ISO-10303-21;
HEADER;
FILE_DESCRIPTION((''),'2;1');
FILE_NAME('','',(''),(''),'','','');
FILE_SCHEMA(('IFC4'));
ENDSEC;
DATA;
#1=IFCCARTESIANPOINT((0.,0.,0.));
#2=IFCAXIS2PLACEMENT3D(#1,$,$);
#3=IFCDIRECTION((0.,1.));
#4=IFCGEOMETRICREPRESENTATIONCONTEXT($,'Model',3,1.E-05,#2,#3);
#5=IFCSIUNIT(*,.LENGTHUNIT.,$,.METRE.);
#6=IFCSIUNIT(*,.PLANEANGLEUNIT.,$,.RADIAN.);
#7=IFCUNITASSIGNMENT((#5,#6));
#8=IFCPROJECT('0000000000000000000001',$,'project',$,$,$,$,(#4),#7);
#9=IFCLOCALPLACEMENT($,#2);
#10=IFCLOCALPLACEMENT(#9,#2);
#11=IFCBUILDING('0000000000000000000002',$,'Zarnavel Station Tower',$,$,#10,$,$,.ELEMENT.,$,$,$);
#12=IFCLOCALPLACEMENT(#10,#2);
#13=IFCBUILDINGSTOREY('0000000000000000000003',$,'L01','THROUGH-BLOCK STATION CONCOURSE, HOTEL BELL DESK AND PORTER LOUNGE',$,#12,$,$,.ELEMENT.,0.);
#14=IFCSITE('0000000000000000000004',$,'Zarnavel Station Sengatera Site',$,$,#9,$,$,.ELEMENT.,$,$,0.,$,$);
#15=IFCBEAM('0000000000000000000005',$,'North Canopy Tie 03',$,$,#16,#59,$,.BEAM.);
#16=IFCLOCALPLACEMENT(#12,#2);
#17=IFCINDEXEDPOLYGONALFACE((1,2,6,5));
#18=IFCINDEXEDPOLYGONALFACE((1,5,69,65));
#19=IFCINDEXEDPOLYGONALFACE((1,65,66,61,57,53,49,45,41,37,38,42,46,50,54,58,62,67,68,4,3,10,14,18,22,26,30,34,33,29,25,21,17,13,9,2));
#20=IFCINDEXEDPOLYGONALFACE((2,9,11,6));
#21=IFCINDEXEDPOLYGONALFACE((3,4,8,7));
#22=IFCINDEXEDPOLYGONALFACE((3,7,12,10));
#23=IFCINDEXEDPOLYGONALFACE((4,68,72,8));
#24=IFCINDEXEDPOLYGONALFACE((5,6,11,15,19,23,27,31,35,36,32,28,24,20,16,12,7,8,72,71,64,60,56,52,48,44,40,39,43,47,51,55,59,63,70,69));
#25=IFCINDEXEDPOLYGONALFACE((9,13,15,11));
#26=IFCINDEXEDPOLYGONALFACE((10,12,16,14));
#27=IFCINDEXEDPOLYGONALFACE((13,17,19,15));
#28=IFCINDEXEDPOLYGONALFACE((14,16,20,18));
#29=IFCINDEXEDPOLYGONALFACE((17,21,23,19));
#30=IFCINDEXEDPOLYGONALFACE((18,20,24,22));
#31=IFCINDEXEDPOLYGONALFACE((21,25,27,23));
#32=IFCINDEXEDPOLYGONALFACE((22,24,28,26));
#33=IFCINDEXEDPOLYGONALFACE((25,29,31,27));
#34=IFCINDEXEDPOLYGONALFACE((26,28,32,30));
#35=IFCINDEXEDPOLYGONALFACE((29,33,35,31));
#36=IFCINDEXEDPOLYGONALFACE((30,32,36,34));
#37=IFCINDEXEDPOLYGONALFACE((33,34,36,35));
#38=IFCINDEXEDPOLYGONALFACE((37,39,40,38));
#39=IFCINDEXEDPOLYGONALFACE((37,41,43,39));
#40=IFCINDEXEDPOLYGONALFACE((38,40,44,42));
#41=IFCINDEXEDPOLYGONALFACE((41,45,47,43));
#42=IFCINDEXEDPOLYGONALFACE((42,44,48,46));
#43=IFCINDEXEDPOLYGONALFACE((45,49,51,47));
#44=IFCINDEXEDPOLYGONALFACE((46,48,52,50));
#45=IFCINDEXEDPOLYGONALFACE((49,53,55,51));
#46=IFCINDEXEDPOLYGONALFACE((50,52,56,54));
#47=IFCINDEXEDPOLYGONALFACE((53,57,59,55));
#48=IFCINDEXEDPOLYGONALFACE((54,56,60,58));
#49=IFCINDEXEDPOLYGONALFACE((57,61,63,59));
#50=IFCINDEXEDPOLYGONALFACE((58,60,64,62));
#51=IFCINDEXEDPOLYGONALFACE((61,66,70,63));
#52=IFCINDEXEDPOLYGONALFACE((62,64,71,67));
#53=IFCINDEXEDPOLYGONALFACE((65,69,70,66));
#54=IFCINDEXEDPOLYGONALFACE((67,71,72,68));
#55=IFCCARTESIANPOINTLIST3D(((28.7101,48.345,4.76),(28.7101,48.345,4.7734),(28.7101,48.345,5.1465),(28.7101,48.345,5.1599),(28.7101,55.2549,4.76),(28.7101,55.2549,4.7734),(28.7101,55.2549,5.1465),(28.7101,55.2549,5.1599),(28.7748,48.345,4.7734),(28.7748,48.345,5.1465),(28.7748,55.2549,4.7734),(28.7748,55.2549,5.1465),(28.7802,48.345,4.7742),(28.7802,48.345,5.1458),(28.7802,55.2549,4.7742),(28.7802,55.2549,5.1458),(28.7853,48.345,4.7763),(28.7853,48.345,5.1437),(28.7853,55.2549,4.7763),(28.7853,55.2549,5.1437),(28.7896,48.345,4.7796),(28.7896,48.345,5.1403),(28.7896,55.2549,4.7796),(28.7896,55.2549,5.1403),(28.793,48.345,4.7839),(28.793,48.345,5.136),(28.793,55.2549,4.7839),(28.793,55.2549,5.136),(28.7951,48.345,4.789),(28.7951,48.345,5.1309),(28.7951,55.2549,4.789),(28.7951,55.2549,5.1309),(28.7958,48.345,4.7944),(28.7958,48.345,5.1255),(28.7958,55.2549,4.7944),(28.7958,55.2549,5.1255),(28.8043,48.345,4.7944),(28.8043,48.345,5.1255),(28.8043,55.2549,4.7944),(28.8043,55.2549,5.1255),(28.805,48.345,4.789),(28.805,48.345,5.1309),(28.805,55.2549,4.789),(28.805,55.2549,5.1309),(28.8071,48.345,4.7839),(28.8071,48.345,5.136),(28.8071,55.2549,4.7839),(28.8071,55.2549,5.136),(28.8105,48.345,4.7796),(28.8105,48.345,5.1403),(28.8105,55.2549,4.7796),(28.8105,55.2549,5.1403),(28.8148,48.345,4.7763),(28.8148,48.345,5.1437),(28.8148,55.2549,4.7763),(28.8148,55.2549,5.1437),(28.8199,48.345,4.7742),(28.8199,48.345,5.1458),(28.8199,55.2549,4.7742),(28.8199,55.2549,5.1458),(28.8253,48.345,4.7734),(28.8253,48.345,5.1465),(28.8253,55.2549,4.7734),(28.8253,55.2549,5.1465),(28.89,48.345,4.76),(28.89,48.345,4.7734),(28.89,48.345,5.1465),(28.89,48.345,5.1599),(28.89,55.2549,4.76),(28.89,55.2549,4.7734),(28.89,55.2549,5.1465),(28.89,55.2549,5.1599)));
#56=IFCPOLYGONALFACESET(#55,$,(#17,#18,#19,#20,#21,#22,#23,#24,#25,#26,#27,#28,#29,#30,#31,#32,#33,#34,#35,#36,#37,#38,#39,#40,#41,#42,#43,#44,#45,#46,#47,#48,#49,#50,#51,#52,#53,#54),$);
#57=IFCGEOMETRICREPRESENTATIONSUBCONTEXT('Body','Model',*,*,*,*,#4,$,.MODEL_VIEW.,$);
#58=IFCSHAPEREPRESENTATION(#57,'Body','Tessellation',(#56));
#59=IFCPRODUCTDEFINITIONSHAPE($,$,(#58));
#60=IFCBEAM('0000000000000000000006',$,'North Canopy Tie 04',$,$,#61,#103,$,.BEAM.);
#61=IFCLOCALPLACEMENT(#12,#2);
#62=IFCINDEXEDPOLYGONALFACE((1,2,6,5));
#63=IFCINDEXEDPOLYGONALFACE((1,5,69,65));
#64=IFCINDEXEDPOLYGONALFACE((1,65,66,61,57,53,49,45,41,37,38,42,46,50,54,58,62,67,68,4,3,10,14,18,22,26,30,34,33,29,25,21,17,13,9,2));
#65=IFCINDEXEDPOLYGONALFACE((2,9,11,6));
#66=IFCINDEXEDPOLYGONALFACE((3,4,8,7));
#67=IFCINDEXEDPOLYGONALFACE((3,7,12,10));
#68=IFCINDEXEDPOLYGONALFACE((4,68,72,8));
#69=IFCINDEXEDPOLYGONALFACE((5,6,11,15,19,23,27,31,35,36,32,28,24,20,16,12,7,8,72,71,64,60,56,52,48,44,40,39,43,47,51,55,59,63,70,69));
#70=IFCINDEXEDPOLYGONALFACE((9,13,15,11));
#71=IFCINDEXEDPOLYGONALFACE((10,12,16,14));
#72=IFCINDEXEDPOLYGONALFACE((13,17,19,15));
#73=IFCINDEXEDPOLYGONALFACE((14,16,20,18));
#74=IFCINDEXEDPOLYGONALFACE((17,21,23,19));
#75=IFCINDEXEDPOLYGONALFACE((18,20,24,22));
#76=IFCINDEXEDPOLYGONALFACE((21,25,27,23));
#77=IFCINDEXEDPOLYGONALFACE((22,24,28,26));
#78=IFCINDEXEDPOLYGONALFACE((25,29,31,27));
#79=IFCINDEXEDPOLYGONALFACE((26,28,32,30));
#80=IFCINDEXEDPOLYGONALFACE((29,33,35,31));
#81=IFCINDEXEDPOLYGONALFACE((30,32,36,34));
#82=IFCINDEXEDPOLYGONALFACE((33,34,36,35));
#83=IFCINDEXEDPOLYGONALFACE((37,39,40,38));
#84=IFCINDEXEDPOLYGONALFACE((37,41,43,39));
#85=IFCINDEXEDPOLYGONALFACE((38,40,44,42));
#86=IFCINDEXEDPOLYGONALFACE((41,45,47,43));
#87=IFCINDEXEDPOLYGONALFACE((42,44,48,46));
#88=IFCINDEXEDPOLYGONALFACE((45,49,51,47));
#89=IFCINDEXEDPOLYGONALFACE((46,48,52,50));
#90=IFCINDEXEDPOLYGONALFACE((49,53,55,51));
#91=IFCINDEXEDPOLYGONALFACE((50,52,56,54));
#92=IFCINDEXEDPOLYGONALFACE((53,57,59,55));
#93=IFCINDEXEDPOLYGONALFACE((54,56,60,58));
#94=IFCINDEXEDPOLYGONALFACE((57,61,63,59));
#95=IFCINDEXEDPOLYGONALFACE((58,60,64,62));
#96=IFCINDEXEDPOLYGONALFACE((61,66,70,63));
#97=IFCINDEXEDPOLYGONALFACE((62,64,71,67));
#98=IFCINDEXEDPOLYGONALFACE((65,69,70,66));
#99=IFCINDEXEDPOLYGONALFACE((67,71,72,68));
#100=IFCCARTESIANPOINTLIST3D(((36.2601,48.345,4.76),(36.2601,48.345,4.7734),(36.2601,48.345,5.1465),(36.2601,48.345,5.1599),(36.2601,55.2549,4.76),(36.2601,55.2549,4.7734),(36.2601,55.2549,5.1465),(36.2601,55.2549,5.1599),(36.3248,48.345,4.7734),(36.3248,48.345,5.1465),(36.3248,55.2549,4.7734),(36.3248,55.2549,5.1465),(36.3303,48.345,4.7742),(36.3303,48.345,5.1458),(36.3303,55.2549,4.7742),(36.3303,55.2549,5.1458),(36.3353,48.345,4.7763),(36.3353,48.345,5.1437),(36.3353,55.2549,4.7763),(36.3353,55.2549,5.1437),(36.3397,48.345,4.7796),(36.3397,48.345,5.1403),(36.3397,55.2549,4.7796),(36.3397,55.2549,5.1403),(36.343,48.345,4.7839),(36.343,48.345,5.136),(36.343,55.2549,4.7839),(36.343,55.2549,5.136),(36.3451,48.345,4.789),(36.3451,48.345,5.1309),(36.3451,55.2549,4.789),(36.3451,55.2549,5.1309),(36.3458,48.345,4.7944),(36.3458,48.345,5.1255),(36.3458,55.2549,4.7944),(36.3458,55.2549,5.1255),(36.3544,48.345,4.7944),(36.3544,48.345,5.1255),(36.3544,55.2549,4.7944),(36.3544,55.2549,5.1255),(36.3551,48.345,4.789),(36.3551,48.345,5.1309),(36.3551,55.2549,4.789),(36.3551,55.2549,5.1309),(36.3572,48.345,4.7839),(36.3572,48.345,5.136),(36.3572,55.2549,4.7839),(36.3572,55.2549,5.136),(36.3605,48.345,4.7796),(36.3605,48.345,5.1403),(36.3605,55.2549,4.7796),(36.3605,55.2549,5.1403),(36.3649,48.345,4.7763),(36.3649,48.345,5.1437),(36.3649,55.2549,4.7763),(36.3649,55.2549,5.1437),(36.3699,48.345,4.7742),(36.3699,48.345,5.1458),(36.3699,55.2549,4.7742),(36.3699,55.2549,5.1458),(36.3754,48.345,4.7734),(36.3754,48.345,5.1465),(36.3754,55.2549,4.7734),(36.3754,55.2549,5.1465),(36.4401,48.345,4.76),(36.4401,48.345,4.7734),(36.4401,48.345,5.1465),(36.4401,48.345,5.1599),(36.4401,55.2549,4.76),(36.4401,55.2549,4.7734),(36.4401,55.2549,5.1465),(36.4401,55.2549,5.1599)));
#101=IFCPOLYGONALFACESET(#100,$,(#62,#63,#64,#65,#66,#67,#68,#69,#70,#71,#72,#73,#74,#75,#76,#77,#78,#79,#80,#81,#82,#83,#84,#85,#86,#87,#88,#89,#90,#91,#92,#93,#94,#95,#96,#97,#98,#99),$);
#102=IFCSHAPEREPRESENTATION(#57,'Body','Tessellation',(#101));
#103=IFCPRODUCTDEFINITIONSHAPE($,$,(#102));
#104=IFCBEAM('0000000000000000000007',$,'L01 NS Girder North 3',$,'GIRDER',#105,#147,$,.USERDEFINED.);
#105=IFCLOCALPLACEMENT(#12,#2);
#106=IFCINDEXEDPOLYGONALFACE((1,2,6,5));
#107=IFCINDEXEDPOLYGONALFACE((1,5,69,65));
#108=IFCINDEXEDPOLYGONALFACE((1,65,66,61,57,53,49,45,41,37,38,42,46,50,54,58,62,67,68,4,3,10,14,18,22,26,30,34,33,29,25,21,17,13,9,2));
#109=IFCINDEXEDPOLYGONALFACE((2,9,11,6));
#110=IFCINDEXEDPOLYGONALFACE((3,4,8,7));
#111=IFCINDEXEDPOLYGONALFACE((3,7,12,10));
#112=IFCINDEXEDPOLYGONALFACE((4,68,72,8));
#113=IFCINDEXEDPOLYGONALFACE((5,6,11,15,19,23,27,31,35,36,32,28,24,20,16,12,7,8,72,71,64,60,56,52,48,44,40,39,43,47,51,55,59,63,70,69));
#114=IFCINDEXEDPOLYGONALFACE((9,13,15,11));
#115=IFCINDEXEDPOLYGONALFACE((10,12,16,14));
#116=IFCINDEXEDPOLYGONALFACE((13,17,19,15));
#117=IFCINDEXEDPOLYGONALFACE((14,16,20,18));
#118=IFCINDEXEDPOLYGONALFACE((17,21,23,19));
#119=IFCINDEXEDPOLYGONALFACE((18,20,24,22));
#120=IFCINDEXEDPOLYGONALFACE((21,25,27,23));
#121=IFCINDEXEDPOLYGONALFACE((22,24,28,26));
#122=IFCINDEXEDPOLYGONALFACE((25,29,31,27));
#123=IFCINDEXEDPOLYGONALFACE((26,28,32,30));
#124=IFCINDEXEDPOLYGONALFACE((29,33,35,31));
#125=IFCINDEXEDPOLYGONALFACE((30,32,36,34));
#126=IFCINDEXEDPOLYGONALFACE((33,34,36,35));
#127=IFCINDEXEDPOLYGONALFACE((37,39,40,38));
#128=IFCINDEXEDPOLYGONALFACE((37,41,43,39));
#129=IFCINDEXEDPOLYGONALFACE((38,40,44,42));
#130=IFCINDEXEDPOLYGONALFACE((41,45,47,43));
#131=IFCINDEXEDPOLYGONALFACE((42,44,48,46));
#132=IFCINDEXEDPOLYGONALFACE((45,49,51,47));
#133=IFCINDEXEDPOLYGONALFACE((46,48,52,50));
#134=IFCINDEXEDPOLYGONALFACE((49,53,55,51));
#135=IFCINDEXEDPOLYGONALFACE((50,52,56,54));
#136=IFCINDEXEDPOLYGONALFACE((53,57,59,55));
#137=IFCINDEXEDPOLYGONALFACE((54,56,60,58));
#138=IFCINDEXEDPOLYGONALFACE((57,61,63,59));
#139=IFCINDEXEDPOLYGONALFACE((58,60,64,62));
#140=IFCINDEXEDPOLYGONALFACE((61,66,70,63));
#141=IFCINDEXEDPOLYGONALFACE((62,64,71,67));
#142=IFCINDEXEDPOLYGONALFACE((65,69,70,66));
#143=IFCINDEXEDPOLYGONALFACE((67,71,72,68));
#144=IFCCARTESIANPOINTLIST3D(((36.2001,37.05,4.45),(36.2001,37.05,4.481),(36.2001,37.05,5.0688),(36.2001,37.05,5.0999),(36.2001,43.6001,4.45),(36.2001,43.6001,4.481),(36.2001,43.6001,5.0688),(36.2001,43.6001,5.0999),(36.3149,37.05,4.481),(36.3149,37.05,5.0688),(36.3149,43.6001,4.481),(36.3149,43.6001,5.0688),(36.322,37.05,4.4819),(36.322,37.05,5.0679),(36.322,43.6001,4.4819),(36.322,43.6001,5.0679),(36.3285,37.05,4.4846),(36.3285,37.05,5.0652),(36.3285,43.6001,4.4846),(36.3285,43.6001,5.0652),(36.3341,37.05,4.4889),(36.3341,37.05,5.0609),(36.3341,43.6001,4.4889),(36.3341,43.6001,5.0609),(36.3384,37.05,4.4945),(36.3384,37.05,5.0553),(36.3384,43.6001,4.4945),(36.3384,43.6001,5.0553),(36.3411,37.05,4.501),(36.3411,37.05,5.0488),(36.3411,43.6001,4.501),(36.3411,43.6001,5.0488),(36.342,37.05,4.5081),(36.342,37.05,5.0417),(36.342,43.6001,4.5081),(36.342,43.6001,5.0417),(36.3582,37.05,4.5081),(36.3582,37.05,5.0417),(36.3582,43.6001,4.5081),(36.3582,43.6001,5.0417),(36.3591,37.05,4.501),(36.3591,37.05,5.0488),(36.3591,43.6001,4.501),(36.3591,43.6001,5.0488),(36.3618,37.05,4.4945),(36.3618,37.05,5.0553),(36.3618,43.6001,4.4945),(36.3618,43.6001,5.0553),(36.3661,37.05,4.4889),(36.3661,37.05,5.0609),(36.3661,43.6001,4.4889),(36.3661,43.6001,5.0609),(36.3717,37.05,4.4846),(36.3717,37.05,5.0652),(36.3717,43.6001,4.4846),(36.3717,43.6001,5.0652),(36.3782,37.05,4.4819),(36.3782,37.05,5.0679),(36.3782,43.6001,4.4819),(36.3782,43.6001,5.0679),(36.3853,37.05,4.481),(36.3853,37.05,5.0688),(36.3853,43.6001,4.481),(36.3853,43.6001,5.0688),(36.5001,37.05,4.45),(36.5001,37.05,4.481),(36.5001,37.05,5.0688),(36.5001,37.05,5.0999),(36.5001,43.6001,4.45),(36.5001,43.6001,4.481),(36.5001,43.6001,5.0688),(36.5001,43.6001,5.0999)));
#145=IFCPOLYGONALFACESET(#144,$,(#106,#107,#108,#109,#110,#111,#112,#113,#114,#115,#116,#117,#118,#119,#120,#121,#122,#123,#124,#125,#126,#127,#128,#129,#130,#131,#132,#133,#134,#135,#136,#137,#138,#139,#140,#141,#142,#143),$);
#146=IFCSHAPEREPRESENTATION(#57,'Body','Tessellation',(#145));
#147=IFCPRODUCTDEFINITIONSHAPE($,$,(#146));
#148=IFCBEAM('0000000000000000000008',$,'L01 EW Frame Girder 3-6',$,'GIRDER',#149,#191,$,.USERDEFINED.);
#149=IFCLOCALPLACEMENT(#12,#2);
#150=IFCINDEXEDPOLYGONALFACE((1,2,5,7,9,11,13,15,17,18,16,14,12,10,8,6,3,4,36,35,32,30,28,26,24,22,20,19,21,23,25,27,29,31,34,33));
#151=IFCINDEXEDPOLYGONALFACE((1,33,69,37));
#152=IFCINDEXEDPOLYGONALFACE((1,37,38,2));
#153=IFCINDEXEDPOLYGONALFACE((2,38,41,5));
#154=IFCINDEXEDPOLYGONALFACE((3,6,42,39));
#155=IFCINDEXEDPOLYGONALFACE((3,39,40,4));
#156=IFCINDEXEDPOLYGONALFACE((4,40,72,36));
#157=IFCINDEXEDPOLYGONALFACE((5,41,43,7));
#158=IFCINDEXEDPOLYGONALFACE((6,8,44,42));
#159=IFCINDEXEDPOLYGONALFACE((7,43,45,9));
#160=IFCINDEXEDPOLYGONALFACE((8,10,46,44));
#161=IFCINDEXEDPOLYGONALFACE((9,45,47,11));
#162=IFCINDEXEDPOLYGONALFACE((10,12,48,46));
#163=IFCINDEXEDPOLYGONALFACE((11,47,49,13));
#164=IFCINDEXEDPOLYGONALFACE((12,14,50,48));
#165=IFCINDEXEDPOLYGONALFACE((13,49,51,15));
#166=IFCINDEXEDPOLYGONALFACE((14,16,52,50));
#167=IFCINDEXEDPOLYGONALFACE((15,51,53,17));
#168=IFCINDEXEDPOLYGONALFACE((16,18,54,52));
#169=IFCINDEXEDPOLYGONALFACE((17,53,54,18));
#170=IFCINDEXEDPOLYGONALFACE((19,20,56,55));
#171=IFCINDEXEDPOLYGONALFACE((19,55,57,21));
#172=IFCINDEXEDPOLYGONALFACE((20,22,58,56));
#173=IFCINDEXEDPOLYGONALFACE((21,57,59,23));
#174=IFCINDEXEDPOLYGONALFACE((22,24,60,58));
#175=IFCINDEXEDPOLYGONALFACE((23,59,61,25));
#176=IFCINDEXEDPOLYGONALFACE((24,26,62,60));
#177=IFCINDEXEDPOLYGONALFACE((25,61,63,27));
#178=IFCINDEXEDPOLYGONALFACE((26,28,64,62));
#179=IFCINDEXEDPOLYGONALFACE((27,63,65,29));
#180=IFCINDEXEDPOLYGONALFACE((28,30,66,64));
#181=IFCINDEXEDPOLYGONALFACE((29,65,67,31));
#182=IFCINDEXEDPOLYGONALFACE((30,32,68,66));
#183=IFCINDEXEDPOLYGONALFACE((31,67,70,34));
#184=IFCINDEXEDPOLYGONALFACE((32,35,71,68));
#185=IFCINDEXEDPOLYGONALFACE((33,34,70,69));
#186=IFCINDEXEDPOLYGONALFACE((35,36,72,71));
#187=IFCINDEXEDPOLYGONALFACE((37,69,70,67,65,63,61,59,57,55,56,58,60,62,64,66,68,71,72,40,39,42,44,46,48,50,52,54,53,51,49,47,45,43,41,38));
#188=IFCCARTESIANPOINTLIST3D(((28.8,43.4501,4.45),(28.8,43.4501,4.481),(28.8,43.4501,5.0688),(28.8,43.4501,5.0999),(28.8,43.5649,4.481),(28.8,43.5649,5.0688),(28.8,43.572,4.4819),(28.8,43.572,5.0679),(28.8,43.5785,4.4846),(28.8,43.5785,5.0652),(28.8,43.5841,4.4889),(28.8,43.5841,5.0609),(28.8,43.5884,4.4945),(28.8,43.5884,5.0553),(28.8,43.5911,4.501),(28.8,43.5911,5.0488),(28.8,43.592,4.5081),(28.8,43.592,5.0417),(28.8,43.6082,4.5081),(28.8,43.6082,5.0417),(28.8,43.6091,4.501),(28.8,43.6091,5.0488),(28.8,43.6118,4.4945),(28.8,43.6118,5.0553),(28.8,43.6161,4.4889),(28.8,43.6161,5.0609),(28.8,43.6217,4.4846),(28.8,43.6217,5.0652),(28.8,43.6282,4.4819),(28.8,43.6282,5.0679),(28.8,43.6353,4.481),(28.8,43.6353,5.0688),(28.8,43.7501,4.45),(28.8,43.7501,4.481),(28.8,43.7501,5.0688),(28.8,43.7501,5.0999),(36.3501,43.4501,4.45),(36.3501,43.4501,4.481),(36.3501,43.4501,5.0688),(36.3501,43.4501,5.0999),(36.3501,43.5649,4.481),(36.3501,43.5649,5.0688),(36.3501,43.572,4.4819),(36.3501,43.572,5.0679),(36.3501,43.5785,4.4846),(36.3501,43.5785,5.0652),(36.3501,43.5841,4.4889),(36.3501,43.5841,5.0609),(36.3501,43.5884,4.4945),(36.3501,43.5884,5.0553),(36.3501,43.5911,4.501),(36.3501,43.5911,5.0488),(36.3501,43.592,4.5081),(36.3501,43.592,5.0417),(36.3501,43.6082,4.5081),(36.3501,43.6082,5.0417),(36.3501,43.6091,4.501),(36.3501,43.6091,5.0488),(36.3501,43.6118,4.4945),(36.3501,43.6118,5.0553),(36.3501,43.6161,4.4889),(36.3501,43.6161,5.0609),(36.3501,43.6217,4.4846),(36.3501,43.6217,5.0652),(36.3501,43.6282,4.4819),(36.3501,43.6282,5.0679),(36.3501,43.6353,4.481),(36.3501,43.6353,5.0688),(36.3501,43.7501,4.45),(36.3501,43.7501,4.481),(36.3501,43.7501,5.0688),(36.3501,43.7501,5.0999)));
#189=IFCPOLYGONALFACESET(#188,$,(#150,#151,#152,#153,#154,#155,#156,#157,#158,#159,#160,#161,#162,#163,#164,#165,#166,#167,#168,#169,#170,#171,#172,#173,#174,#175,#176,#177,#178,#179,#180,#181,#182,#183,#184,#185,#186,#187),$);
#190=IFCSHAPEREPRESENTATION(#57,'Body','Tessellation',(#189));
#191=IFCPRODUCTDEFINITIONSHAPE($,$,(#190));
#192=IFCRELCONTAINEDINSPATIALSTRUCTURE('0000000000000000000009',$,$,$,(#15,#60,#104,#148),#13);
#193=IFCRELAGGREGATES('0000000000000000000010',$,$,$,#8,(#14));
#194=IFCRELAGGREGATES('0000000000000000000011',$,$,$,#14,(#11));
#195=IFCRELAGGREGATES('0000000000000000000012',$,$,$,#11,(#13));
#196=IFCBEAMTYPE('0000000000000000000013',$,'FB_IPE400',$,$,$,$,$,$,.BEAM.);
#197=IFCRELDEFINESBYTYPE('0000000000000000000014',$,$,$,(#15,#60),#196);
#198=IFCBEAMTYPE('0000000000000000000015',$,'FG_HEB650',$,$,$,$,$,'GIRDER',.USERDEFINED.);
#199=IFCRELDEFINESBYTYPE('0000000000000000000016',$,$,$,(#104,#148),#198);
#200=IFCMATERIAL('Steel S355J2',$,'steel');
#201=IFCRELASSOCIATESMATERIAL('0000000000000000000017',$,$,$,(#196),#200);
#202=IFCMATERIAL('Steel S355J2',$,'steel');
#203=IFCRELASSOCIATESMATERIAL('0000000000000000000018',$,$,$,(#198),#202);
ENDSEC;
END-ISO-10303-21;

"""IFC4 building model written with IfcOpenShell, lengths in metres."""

from ifc_helpers import new_model, si_unit, direction, frame, origin, origin_2d, place, context, subcontext, project, spatial, i_section, extrude, material, material_profile, profile_set, type_object, element, save


model = new_model("IFC4")

# Units and contexts
model_context = context("Model", 3, precision=1e-05, world=origin(), true_north=direction((0.0, 1.0)))
body_context = subcontext(model_context, "Body", "Model", "MODEL_VIEW")
ifc_project = project(units=[si_unit("LENGTHUNIT", "METRE"), si_unit("PLANEANGLEUNIT", "RADIAN")], contexts=[model_context])

# Site, building, storey
site_placement = place(None, origin())
site = spatial("IfcSite", under=ifc_project, at=site_placement, Name="Zarnavel Station Sengatera Site", CompositionType="ELEMENT", RefElevation=0.0)
building_placement = place(site_placement, origin())
building = spatial("IfcBuilding", under=site, at=building_placement, Name="Zarnavel Station Tower", CompositionType="ELEMENT")
storey_placement = place(building_placement, origin())
storey = spatial("IfcBuildingStorey", under=building, at=storey_placement, Name="L01", Description="THROUGH-BLOCK STATION CONCOURSE, HOTEL BELL DESK AND PORTER LOUNGE", CompositionType="ELEMENT", Elevation=0.0)

# Beams
ifc_material_1 = material(Name="Steel S355J2", Category="steel")
ifc_material_profile_1 = material_profile(ifc_material_1, i_section(OverallWidth=0.1799, OverallDepth=0.3999, WebThickness=0.0085, FlangeThickness=0.0134, FilletRadius=0.021, at=origin_2d()), Name="IPE400")
ifc_profile_set_1 = profile_set([ifc_material_profile_1], Name="Steel S355J2")
beam_type_1 = type_object("IfcBeamType", Name="FB_IPE400", PredefinedType="BEAM", material=ifc_profile_set_1)
for number, where, z_axis, x_axis, name in (
    (1, (28.8, 48.345, 4.96), (0.0, 1.0, 0.0), (-1.0, 0.0, 0.0), "North Canopy Tie 03"),
    (2, (36.3501, 48.345, 4.96), (0.0, 1.0, 0.0), (-1.0, 0.0, 0.0), "North Canopy Tie 04"),
):
    element("IfcBeam", number, at=place(storey_placement, frame(where, z_axis=z_axis, x_axis=x_axis)), inside=storey, type_object=beam_type_1, Name=name, PredefinedType="BEAM", context=body_context, shape_type="SweptSolid", body=[
        extrude(i_section(OverallWidth=0.1799, OverallDepth=0.3999, WebThickness=0.0085, FlangeThickness=0.0134, FilletRadius=0.021, at=origin_2d()), origin(), (0.0, 0.0, 1.0), 6.9099),
    ])
ifc_material_2 = material(Name="Steel S355J2", Category="steel")
ifc_material_profile_2 = material_profile(ifc_material_2, i_section(OverallWidth=0.3, OverallDepth=0.6499, WebThickness=0.0161, FlangeThickness=0.031, FilletRadius=0.0271, at=origin_2d()), Name="HEB650")
ifc_profile_set_2 = profile_set([ifc_material_profile_2], Name="Steel S355J2")
beam_type_2 = type_object("IfcBeamType", Name="FG_HEB650", ElementType="GIRDER", PredefinedType="USERDEFINED", material=ifc_profile_set_2)
beam_1_placement = place(storey_placement, frame((36.3501, 37.05, 4.7749), z_axis=(0.0, 1.0, 0.0), x_axis=(-1.0, 0.0, 0.0)))
element("IfcBeam", 3, at=beam_1_placement, inside=storey, type_object=beam_type_2, Name="L01 NS Girder North 3", ObjectType="GIRDER", PredefinedType="USERDEFINED", context=body_context, shape_type="SweptSolid", body=[
    extrude(i_section(OverallWidth=0.3, OverallDepth=0.6499, WebThickness=0.0161, FlangeThickness=0.031, FilletRadius=0.0271, at=origin_2d()), origin(), (0.0, 0.0, 1.0), 6.55),
])
beam_2_placement = place(storey_placement, frame((28.8, 43.6001, 4.7749), z_axis=(1.0, 0.0, 0.0), x_axis=(0.0, 1.0, 0.0)))
element("IfcBeam", 4, at=beam_2_placement, inside=storey, type_object=beam_type_2, Name="L01 EW Frame Girder 3-6", ObjectType="GIRDER", PredefinedType="USERDEFINED", context=body_context, shape_type="SweptSolid", body=[
    extrude(i_section(OverallWidth=0.3, OverallDepth=0.6499, WebThickness=0.0161, FlangeThickness=0.031, FilletRadius=0.0271, at=origin_2d()), origin(), (0.0, 0.0, 1.0), 7.55),
])

save(model, "model.ifc")
